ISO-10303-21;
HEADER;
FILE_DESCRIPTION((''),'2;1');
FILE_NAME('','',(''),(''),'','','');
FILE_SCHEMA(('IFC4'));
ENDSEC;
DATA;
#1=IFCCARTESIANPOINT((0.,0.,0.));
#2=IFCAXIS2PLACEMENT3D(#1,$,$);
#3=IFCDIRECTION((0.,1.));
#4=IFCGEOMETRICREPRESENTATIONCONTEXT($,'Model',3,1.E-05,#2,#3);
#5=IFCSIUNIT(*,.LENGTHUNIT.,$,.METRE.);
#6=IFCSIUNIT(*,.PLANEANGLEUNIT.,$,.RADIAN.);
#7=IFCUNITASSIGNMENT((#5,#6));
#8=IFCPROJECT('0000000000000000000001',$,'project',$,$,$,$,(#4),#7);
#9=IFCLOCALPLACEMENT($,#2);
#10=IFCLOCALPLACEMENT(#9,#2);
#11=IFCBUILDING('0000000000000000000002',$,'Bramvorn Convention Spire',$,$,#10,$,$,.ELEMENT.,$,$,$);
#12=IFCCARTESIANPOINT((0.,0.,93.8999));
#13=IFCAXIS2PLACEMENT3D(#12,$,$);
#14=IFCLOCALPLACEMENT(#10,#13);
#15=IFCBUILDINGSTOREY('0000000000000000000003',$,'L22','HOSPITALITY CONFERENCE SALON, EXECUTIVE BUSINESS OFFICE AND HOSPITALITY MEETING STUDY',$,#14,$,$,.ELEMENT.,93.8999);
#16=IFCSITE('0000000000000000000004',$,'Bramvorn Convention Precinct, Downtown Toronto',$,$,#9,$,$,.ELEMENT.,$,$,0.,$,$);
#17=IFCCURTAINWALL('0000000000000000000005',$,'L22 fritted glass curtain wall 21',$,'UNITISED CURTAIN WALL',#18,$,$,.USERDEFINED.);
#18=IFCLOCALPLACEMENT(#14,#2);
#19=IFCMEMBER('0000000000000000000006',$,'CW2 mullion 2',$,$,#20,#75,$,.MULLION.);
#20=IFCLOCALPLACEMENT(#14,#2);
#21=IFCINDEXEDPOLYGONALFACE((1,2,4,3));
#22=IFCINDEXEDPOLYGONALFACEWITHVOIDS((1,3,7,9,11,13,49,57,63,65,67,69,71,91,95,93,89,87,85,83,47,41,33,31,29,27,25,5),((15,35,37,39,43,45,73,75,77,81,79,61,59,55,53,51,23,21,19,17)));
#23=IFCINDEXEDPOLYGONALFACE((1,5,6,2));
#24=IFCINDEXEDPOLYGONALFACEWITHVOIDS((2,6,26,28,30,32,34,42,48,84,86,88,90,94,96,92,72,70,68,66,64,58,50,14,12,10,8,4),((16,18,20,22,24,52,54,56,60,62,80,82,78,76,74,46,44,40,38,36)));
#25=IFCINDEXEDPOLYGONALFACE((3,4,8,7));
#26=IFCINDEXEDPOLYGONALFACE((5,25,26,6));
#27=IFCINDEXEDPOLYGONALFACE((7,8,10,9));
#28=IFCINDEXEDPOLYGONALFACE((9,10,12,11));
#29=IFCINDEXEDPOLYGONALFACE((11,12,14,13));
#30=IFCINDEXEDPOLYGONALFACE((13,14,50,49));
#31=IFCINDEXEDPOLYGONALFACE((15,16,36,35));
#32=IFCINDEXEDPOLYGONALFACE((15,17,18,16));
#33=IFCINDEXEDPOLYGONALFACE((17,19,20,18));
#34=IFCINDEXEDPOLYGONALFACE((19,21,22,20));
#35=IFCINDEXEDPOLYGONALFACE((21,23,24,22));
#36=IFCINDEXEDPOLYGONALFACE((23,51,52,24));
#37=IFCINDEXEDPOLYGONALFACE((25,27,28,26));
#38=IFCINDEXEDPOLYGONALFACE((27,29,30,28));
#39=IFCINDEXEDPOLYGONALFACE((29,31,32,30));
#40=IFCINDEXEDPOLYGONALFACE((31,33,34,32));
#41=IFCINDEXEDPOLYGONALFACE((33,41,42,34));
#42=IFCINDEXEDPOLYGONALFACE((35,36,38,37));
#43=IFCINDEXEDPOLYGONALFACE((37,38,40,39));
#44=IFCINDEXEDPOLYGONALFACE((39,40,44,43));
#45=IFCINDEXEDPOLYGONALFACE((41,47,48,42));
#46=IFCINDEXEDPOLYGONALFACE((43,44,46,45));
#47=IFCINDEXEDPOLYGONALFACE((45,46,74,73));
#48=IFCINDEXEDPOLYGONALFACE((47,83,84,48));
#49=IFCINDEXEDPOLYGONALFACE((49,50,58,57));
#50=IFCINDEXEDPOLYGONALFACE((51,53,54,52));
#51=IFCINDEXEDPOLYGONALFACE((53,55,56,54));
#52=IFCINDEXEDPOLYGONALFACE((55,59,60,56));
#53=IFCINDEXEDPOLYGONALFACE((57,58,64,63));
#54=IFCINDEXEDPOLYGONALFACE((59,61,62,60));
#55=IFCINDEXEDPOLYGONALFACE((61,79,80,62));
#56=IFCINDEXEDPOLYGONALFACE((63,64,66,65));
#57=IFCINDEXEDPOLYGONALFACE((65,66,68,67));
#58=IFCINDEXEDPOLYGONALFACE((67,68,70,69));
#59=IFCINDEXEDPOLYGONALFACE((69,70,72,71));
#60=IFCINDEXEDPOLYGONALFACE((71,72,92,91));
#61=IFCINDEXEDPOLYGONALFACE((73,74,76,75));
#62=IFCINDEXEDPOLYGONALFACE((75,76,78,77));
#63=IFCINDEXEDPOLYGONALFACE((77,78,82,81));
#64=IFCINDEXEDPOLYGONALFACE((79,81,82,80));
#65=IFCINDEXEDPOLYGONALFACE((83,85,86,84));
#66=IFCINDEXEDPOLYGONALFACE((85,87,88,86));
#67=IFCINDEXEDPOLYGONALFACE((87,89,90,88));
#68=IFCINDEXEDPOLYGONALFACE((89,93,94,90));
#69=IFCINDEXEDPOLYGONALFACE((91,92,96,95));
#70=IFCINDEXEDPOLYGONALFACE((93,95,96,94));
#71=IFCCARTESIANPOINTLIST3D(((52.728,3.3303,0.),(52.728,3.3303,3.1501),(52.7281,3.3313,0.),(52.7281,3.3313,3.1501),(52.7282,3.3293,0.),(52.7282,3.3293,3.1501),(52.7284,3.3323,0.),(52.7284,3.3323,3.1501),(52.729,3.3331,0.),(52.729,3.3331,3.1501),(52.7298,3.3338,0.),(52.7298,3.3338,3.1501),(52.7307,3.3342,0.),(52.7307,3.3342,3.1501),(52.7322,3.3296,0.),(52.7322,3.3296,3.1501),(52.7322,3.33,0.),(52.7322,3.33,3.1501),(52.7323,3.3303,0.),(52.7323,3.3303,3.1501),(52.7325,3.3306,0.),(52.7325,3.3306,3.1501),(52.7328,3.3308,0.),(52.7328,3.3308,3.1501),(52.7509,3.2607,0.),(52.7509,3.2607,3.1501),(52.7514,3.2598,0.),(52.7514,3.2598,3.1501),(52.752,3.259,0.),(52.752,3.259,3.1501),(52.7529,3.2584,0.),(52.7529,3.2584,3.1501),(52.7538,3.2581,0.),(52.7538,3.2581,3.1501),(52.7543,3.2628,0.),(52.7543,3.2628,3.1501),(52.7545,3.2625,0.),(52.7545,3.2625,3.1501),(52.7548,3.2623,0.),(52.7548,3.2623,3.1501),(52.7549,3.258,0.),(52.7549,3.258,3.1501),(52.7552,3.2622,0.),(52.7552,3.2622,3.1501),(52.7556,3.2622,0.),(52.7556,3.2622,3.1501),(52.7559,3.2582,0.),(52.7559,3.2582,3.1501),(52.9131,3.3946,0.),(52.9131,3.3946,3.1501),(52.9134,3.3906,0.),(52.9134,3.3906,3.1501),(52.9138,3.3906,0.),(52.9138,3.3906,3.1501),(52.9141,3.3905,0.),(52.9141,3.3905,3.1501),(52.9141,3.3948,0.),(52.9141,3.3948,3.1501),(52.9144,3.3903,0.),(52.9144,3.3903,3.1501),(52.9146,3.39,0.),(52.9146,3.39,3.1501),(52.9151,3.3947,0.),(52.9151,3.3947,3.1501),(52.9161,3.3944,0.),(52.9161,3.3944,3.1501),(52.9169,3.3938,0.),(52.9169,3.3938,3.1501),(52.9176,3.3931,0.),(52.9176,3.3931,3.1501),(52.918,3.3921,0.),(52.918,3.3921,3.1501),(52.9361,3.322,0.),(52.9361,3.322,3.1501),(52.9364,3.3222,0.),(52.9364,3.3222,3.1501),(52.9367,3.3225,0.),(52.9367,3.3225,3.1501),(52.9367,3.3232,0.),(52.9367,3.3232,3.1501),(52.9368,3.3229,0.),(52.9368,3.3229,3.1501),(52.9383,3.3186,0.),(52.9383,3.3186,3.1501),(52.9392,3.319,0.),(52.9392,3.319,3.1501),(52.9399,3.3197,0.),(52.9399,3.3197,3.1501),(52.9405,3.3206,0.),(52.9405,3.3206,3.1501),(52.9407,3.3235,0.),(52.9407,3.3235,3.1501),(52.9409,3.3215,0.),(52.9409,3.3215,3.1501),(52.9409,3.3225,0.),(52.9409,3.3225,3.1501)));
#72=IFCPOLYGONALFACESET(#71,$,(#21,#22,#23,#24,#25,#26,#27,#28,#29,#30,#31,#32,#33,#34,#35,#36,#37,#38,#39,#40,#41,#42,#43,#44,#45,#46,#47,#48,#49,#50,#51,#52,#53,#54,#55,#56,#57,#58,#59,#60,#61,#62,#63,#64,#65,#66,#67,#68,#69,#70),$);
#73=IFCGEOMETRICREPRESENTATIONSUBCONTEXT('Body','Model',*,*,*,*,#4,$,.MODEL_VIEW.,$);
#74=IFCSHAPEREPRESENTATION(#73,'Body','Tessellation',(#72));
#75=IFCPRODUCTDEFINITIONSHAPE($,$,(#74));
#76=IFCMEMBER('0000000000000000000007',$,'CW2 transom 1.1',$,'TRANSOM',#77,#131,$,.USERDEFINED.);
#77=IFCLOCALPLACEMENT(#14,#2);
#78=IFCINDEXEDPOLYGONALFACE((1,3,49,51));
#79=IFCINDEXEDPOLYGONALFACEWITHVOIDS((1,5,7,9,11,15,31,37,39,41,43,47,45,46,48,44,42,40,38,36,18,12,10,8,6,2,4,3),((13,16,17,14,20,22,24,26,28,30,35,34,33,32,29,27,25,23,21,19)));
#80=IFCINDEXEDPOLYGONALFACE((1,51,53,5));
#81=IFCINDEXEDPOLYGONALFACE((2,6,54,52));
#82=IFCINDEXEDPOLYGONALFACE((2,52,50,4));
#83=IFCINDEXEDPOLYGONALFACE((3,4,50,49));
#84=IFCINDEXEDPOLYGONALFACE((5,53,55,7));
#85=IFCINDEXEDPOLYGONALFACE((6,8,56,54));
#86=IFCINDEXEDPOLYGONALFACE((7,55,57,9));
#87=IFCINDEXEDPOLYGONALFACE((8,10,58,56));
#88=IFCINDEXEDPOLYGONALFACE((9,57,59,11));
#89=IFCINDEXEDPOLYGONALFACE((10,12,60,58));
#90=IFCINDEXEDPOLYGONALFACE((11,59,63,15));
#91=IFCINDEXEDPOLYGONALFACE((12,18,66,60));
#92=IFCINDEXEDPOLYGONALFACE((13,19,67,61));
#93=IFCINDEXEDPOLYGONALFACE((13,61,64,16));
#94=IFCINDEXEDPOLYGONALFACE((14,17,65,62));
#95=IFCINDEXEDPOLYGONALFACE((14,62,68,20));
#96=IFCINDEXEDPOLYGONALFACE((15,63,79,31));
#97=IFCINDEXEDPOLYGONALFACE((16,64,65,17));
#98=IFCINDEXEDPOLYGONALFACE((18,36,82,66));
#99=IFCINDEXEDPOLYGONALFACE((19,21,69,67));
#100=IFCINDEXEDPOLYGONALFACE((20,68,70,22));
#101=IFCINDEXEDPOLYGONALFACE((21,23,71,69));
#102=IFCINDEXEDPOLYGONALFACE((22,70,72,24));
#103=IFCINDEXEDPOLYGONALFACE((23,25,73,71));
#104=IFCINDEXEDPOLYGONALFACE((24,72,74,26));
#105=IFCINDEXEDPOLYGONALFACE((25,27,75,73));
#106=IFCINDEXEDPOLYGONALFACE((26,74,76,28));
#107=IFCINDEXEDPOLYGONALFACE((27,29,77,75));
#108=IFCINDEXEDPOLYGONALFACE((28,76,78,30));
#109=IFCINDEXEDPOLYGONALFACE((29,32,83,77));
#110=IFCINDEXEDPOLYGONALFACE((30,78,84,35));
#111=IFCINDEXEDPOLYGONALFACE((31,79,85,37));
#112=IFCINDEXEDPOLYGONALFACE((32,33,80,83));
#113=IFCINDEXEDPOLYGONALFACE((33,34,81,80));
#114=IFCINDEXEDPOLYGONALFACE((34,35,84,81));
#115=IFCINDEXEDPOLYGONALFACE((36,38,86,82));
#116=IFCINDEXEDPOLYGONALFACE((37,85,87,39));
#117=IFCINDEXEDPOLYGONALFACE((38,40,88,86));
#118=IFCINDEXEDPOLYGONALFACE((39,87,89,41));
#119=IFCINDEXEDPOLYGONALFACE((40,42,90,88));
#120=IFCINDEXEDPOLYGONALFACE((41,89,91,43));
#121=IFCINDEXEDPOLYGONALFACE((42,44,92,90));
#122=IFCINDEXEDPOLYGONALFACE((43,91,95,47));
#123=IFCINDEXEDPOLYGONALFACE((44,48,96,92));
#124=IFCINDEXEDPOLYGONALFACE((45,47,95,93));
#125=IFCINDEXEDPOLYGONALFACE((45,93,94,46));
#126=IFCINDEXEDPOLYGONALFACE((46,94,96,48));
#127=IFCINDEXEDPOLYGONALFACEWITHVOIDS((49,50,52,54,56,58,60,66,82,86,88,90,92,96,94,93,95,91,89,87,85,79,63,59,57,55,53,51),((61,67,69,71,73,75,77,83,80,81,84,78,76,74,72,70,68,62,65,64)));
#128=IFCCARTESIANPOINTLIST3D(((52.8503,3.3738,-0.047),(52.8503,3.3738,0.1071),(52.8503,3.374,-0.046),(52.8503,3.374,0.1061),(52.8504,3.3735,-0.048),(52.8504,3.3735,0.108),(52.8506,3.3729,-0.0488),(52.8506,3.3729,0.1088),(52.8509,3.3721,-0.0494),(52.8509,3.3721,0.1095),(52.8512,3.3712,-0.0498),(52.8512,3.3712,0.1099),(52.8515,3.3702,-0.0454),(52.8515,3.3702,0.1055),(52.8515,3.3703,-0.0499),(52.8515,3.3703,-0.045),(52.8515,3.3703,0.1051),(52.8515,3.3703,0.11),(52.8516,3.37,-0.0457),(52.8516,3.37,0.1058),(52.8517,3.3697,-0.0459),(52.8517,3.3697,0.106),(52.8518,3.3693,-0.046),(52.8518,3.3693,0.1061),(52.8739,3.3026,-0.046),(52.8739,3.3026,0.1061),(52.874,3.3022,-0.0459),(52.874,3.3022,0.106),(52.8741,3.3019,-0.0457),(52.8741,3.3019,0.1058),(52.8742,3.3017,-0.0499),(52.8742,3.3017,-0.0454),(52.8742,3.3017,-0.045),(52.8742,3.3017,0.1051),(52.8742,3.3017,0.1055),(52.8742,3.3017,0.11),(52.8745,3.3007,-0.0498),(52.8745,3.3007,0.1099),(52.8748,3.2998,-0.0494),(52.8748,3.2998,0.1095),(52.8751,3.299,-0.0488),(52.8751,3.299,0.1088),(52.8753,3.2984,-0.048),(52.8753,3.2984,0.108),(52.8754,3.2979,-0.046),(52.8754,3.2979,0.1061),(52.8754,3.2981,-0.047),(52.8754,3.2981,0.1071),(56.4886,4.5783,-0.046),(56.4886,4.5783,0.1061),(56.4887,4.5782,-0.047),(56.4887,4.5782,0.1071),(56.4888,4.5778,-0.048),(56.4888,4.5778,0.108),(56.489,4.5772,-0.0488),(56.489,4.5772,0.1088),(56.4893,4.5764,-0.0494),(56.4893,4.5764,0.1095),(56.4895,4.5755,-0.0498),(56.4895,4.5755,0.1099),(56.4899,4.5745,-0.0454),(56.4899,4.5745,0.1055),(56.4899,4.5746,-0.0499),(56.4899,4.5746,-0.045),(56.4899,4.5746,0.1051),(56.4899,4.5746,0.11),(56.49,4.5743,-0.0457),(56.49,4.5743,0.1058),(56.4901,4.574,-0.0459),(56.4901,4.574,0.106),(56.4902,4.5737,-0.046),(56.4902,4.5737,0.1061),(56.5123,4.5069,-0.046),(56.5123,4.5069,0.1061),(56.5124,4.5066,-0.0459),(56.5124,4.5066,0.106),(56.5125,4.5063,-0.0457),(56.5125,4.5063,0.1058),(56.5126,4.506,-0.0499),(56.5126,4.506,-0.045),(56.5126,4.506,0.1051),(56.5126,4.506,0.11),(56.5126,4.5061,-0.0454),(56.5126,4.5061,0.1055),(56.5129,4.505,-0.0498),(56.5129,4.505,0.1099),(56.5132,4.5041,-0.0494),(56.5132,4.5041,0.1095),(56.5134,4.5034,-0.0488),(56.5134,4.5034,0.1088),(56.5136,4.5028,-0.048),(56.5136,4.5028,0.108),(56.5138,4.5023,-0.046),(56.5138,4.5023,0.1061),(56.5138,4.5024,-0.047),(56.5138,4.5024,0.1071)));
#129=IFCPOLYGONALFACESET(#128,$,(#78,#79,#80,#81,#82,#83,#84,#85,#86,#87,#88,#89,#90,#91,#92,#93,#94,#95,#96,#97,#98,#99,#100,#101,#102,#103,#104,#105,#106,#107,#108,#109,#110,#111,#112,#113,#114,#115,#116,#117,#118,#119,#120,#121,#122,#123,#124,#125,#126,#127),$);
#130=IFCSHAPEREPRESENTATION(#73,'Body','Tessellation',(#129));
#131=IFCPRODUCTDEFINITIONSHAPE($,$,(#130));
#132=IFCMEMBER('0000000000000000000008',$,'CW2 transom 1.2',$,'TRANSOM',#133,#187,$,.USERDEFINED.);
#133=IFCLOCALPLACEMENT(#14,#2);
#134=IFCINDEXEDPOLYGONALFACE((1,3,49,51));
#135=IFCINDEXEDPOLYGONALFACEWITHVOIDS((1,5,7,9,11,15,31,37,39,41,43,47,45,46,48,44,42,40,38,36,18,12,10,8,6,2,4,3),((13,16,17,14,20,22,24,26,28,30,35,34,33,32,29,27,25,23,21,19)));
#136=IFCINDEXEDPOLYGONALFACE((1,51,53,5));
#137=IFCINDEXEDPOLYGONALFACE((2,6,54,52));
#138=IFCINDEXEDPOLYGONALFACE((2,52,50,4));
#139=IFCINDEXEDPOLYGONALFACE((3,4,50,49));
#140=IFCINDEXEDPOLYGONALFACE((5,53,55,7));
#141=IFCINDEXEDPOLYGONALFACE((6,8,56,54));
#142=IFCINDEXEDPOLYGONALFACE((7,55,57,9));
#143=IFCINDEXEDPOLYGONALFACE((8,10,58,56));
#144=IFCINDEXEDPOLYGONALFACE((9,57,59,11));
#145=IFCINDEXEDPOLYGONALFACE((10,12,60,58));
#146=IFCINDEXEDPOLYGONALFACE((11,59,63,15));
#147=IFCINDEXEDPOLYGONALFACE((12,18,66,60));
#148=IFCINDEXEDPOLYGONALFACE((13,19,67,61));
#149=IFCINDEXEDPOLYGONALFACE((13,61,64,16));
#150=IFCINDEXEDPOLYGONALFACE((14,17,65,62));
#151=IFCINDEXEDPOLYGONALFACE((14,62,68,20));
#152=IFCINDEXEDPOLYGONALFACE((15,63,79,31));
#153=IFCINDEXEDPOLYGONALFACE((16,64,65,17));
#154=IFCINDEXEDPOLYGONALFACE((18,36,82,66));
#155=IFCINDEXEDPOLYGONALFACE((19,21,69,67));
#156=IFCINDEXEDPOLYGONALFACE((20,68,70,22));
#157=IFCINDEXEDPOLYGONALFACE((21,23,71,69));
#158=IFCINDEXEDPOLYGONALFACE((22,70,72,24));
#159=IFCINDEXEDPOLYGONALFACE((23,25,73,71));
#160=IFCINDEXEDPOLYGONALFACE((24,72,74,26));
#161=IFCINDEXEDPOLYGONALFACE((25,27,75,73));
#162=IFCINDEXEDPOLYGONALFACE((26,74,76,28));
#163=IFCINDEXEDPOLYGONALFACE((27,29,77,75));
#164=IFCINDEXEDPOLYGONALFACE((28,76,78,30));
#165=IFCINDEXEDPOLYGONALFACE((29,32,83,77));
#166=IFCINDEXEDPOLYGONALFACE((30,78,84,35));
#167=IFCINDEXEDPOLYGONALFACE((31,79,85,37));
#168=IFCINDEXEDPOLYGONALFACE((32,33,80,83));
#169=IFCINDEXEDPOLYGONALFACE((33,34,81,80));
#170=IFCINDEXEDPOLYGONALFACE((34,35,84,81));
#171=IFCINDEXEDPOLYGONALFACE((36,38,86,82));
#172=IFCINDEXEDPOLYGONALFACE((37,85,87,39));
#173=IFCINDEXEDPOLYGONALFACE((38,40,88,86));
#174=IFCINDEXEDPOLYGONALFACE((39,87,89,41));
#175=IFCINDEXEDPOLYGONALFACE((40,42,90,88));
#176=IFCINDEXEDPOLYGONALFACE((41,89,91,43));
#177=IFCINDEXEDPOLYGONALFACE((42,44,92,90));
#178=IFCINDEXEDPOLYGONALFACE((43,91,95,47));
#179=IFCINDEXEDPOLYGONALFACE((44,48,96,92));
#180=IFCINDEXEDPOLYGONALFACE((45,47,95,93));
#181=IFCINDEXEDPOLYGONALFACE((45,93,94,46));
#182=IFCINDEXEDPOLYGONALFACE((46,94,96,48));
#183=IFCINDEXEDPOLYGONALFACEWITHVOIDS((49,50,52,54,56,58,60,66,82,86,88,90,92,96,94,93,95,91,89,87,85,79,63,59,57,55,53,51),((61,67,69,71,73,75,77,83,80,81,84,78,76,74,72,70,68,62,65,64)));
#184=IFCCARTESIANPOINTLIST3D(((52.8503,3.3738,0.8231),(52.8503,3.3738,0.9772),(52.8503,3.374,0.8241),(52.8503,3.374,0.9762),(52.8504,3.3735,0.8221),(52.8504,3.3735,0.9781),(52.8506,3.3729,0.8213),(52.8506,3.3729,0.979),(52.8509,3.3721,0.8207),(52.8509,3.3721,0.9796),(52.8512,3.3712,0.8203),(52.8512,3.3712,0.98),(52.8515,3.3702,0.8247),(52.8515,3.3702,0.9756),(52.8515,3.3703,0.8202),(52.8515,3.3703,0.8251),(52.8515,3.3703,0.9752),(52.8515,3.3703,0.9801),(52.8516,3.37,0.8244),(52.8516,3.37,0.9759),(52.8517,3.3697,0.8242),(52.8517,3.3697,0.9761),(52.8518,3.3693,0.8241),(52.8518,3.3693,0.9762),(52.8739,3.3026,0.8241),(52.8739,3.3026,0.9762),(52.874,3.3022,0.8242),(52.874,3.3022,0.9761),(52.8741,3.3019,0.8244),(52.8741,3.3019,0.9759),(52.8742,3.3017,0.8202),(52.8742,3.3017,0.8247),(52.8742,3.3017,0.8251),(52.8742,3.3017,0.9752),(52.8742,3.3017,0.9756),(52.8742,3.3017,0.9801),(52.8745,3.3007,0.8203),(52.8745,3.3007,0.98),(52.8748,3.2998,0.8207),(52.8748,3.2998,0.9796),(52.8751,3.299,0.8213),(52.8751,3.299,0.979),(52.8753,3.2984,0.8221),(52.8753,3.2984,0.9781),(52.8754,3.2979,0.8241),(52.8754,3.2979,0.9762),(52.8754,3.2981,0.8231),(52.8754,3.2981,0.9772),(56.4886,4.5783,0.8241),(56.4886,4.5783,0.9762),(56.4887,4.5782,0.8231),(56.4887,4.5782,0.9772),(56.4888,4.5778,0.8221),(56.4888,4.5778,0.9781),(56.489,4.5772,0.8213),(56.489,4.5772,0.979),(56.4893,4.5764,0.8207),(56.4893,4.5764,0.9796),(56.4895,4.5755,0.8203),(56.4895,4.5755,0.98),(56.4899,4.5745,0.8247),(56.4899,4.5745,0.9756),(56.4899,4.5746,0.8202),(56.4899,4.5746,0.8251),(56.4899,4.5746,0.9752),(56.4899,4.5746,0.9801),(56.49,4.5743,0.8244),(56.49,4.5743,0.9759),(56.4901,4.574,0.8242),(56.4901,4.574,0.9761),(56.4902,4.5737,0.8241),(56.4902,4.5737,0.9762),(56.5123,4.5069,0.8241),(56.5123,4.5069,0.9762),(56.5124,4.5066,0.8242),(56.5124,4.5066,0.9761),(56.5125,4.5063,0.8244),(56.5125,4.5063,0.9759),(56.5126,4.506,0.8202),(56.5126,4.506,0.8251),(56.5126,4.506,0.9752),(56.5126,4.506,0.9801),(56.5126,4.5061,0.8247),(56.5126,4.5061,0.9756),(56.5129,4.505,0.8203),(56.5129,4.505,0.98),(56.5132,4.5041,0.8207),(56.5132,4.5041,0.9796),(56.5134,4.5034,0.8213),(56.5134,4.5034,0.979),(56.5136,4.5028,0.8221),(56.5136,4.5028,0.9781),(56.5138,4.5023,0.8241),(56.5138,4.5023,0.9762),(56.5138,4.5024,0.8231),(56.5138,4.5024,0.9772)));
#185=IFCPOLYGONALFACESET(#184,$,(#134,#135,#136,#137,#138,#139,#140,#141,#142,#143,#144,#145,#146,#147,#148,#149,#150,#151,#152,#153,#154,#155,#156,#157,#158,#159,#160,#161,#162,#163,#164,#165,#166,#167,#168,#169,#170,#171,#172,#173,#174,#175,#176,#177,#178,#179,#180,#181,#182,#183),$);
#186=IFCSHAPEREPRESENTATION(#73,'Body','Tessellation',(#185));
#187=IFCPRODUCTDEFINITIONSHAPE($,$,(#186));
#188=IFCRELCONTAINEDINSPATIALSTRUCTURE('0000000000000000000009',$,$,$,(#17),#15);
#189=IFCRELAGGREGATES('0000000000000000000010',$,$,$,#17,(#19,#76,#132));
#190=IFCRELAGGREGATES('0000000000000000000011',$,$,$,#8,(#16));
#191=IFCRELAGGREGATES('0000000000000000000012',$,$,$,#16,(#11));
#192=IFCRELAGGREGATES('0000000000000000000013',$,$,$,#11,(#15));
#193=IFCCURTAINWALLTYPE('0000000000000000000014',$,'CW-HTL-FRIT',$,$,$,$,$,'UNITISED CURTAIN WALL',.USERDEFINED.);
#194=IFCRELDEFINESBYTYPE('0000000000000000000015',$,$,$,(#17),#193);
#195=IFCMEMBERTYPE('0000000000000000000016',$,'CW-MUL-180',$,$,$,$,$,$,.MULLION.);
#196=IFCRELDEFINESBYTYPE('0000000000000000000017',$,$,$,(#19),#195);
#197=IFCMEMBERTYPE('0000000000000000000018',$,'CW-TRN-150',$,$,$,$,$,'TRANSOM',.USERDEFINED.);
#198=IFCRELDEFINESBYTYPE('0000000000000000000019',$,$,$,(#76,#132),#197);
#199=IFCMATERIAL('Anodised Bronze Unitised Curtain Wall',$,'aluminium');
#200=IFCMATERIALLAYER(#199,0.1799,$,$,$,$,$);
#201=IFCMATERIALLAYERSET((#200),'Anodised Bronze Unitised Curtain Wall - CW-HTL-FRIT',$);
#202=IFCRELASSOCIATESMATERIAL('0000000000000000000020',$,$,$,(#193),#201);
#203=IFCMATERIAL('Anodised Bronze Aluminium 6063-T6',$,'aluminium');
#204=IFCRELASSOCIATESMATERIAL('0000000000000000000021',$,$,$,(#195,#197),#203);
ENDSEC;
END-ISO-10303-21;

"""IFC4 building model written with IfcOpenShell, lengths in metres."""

from ifc_helpers import new_model, si_unit, direction, frame, origin, origin_2d, place, context, subcontext, project, spatial, hollow_rectangle, extrude, material, layer, layer_set, material_profile, profile_set, type_object, element, aggregate, save


model = new_model("IFC4")

# Units and contexts
model_context = context("Model", 3, precision=1e-05, world=origin(), true_north=direction((0.0, 1.0)))
body_context = subcontext(model_context, "Body", "Model", "MODEL_VIEW")
ifc_project = project(units=[si_unit("LENGTHUNIT", "METRE"), si_unit("PLANEANGLEUNIT", "RADIAN")], contexts=[model_context])

# Site, building, storey
site_placement = place(None, origin())
site = spatial("IfcSite", under=ifc_project, at=site_placement, Name="Bramvorn Convention Precinct, Downtown Toronto", CompositionType="ELEMENT", RefElevation=0.0)
building_placement = place(site_placement, origin())
building = spatial("IfcBuilding", under=site, at=building_placement, Name="Bramvorn Convention Spire", CompositionType="ELEMENT")
storey_placement = place(building_placement, frame((0.0, 0.0, 93.8999)))
storey = spatial("IfcBuildingStorey", under=building, at=storey_placement, Name="L22", Description="HOSPITALITY CONFERENCE SALON, EXECUTIVE BUSINESS OFFICE AND HOSPITALITY MEETING STUDY", CompositionType="ELEMENT", Elevation=93.8999)

# Curtain wall, members
ifc_material_1 = material(Name="Anodised Bronze Unitised Curtain Wall", Category="aluminium")
ifc_layer_1 = layer(ifc_material_1, 0.1799)
ifc_layer_set_1 = layer_set([ifc_layer_1], Name="Anodised Bronze Unitised Curtain Wall - CW-HTL-FRIT")
curtain_wall_type = type_object("IfcCurtainWallType", Name="CW-HTL-FRIT", ElementType="UNITISED CURTAIN WALL", PredefinedType="USERDEFINED", material=ifc_layer_set_1)
curtain_wall_placement = place(storey_placement, origin())
curtain_wall = element("IfcCurtainWall", 1, at=curtain_wall_placement, inside=storey, type_object=curtain_wall_type, Name="L22 fritted glass curtain wall 21", ObjectType="UNITISED CURTAIN WALL", PredefinedType="USERDEFINED")
ifc_material_2 = material(Name="Anodised Bronze Aluminium 6063-T6", Category="aluminium")
ifc_material_profile_1 = material_profile(ifc_material_2, hollow_rectangle(XDim=0.0801, YDim=0.2, WallThickness=0.0039, InnerFilletRadius=0.001, OuterFilletRadius=0.0039, at=origin_2d()))
ifc_profile_set_1 = profile_set([ifc_material_profile_1], Name="Anodised Bronze Aluminium 6063-T6 - CWM80X200")
member_type_1 = type_object("IfcMemberType", Name="CW-MUL-180", PredefinedType="MULLION", material=ifc_profile_set_1)
member_1_placement = place(storey_placement, frame((52.8345, 3.3264, 0.0), z_axis=(0.0, 0.0, 1.0), x_axis=(0.314269, -0.949334, 0.0)))
member_1 = element("IfcMember", 2, at=member_1_placement, type_object=member_type_1, Name="CW2 mullion 2", PredefinedType="MULLION", context=body_context, shape_type="SweptSolid", body=[
    extrude(hollow_rectangle(XDim=0.0801, YDim=0.2, WallThickness=0.0039, InnerFilletRadius=0.001, OuterFilletRadius=0.0039, at=origin_2d()), origin(), (0.0, 0.0, 1.0), 3.1501),
])
ifc_material_profile_2 = material_profile(ifc_material_2, hollow_rectangle(XDim=0.0801, YDim=0.1599, WallThickness=0.0039, InnerFilletRadius=0.001, OuterFilletRadius=0.0039, at=origin_2d()))
ifc_profile_set_2 = profile_set([ifc_material_profile_2], Name="Anodised Bronze Aluminium 6063-T6 - CWT80X160")
member_type_2 = type_object("IfcMemberType", Name="CW-TRN-150", ElementType="TRANSOM", PredefinedType="USERDEFINED", material=ifc_profile_set_2)
member_2_placement = place(storey_placement, frame((56.5012, 4.5403, 0.03), z_axis=(-0.949344, -0.31424, 0.0), x_axis=(0.31424, -0.949344, 0.0)))
member_2 = element("IfcMember", 3, at=member_2_placement, type_object=member_type_2, Name="CW2 transom 1.1", ObjectType="TRANSOM", PredefinedType="USERDEFINED", context=body_context, shape_type="SweptSolid", body=[
    extrude(hollow_rectangle(XDim=0.0801, YDim=0.1599, WallThickness=0.0039, InnerFilletRadius=0.001, OuterFilletRadius=0.0039, at=origin_2d()), origin(), (0.0, 0.0, 1.0), 3.8325),
])
member_3_placement = place(storey_placement, frame((56.5012, 4.5403, 0.9001), z_axis=(-0.949344, -0.31424, 0.0), x_axis=(0.31424, -0.949344, 0.0)))
member_3 = element("IfcMember", 4, at=member_3_placement, type_object=member_type_2, Name="CW2 transom 1.2", ObjectType="TRANSOM", PredefinedType="USERDEFINED", context=body_context, shape_type="SweptSolid", body=[
    extrude(hollow_rectangle(XDim=0.0801, YDim=0.1599, WallThickness=0.0039, InnerFilletRadius=0.001, OuterFilletRadius=0.0039, at=origin_2d()), origin(), (0.0, 0.0, 1.0), 3.8325),
])

aggregate(curtain_wall, [member_1, member_2, member_3])

save(model, "model.ifc")
